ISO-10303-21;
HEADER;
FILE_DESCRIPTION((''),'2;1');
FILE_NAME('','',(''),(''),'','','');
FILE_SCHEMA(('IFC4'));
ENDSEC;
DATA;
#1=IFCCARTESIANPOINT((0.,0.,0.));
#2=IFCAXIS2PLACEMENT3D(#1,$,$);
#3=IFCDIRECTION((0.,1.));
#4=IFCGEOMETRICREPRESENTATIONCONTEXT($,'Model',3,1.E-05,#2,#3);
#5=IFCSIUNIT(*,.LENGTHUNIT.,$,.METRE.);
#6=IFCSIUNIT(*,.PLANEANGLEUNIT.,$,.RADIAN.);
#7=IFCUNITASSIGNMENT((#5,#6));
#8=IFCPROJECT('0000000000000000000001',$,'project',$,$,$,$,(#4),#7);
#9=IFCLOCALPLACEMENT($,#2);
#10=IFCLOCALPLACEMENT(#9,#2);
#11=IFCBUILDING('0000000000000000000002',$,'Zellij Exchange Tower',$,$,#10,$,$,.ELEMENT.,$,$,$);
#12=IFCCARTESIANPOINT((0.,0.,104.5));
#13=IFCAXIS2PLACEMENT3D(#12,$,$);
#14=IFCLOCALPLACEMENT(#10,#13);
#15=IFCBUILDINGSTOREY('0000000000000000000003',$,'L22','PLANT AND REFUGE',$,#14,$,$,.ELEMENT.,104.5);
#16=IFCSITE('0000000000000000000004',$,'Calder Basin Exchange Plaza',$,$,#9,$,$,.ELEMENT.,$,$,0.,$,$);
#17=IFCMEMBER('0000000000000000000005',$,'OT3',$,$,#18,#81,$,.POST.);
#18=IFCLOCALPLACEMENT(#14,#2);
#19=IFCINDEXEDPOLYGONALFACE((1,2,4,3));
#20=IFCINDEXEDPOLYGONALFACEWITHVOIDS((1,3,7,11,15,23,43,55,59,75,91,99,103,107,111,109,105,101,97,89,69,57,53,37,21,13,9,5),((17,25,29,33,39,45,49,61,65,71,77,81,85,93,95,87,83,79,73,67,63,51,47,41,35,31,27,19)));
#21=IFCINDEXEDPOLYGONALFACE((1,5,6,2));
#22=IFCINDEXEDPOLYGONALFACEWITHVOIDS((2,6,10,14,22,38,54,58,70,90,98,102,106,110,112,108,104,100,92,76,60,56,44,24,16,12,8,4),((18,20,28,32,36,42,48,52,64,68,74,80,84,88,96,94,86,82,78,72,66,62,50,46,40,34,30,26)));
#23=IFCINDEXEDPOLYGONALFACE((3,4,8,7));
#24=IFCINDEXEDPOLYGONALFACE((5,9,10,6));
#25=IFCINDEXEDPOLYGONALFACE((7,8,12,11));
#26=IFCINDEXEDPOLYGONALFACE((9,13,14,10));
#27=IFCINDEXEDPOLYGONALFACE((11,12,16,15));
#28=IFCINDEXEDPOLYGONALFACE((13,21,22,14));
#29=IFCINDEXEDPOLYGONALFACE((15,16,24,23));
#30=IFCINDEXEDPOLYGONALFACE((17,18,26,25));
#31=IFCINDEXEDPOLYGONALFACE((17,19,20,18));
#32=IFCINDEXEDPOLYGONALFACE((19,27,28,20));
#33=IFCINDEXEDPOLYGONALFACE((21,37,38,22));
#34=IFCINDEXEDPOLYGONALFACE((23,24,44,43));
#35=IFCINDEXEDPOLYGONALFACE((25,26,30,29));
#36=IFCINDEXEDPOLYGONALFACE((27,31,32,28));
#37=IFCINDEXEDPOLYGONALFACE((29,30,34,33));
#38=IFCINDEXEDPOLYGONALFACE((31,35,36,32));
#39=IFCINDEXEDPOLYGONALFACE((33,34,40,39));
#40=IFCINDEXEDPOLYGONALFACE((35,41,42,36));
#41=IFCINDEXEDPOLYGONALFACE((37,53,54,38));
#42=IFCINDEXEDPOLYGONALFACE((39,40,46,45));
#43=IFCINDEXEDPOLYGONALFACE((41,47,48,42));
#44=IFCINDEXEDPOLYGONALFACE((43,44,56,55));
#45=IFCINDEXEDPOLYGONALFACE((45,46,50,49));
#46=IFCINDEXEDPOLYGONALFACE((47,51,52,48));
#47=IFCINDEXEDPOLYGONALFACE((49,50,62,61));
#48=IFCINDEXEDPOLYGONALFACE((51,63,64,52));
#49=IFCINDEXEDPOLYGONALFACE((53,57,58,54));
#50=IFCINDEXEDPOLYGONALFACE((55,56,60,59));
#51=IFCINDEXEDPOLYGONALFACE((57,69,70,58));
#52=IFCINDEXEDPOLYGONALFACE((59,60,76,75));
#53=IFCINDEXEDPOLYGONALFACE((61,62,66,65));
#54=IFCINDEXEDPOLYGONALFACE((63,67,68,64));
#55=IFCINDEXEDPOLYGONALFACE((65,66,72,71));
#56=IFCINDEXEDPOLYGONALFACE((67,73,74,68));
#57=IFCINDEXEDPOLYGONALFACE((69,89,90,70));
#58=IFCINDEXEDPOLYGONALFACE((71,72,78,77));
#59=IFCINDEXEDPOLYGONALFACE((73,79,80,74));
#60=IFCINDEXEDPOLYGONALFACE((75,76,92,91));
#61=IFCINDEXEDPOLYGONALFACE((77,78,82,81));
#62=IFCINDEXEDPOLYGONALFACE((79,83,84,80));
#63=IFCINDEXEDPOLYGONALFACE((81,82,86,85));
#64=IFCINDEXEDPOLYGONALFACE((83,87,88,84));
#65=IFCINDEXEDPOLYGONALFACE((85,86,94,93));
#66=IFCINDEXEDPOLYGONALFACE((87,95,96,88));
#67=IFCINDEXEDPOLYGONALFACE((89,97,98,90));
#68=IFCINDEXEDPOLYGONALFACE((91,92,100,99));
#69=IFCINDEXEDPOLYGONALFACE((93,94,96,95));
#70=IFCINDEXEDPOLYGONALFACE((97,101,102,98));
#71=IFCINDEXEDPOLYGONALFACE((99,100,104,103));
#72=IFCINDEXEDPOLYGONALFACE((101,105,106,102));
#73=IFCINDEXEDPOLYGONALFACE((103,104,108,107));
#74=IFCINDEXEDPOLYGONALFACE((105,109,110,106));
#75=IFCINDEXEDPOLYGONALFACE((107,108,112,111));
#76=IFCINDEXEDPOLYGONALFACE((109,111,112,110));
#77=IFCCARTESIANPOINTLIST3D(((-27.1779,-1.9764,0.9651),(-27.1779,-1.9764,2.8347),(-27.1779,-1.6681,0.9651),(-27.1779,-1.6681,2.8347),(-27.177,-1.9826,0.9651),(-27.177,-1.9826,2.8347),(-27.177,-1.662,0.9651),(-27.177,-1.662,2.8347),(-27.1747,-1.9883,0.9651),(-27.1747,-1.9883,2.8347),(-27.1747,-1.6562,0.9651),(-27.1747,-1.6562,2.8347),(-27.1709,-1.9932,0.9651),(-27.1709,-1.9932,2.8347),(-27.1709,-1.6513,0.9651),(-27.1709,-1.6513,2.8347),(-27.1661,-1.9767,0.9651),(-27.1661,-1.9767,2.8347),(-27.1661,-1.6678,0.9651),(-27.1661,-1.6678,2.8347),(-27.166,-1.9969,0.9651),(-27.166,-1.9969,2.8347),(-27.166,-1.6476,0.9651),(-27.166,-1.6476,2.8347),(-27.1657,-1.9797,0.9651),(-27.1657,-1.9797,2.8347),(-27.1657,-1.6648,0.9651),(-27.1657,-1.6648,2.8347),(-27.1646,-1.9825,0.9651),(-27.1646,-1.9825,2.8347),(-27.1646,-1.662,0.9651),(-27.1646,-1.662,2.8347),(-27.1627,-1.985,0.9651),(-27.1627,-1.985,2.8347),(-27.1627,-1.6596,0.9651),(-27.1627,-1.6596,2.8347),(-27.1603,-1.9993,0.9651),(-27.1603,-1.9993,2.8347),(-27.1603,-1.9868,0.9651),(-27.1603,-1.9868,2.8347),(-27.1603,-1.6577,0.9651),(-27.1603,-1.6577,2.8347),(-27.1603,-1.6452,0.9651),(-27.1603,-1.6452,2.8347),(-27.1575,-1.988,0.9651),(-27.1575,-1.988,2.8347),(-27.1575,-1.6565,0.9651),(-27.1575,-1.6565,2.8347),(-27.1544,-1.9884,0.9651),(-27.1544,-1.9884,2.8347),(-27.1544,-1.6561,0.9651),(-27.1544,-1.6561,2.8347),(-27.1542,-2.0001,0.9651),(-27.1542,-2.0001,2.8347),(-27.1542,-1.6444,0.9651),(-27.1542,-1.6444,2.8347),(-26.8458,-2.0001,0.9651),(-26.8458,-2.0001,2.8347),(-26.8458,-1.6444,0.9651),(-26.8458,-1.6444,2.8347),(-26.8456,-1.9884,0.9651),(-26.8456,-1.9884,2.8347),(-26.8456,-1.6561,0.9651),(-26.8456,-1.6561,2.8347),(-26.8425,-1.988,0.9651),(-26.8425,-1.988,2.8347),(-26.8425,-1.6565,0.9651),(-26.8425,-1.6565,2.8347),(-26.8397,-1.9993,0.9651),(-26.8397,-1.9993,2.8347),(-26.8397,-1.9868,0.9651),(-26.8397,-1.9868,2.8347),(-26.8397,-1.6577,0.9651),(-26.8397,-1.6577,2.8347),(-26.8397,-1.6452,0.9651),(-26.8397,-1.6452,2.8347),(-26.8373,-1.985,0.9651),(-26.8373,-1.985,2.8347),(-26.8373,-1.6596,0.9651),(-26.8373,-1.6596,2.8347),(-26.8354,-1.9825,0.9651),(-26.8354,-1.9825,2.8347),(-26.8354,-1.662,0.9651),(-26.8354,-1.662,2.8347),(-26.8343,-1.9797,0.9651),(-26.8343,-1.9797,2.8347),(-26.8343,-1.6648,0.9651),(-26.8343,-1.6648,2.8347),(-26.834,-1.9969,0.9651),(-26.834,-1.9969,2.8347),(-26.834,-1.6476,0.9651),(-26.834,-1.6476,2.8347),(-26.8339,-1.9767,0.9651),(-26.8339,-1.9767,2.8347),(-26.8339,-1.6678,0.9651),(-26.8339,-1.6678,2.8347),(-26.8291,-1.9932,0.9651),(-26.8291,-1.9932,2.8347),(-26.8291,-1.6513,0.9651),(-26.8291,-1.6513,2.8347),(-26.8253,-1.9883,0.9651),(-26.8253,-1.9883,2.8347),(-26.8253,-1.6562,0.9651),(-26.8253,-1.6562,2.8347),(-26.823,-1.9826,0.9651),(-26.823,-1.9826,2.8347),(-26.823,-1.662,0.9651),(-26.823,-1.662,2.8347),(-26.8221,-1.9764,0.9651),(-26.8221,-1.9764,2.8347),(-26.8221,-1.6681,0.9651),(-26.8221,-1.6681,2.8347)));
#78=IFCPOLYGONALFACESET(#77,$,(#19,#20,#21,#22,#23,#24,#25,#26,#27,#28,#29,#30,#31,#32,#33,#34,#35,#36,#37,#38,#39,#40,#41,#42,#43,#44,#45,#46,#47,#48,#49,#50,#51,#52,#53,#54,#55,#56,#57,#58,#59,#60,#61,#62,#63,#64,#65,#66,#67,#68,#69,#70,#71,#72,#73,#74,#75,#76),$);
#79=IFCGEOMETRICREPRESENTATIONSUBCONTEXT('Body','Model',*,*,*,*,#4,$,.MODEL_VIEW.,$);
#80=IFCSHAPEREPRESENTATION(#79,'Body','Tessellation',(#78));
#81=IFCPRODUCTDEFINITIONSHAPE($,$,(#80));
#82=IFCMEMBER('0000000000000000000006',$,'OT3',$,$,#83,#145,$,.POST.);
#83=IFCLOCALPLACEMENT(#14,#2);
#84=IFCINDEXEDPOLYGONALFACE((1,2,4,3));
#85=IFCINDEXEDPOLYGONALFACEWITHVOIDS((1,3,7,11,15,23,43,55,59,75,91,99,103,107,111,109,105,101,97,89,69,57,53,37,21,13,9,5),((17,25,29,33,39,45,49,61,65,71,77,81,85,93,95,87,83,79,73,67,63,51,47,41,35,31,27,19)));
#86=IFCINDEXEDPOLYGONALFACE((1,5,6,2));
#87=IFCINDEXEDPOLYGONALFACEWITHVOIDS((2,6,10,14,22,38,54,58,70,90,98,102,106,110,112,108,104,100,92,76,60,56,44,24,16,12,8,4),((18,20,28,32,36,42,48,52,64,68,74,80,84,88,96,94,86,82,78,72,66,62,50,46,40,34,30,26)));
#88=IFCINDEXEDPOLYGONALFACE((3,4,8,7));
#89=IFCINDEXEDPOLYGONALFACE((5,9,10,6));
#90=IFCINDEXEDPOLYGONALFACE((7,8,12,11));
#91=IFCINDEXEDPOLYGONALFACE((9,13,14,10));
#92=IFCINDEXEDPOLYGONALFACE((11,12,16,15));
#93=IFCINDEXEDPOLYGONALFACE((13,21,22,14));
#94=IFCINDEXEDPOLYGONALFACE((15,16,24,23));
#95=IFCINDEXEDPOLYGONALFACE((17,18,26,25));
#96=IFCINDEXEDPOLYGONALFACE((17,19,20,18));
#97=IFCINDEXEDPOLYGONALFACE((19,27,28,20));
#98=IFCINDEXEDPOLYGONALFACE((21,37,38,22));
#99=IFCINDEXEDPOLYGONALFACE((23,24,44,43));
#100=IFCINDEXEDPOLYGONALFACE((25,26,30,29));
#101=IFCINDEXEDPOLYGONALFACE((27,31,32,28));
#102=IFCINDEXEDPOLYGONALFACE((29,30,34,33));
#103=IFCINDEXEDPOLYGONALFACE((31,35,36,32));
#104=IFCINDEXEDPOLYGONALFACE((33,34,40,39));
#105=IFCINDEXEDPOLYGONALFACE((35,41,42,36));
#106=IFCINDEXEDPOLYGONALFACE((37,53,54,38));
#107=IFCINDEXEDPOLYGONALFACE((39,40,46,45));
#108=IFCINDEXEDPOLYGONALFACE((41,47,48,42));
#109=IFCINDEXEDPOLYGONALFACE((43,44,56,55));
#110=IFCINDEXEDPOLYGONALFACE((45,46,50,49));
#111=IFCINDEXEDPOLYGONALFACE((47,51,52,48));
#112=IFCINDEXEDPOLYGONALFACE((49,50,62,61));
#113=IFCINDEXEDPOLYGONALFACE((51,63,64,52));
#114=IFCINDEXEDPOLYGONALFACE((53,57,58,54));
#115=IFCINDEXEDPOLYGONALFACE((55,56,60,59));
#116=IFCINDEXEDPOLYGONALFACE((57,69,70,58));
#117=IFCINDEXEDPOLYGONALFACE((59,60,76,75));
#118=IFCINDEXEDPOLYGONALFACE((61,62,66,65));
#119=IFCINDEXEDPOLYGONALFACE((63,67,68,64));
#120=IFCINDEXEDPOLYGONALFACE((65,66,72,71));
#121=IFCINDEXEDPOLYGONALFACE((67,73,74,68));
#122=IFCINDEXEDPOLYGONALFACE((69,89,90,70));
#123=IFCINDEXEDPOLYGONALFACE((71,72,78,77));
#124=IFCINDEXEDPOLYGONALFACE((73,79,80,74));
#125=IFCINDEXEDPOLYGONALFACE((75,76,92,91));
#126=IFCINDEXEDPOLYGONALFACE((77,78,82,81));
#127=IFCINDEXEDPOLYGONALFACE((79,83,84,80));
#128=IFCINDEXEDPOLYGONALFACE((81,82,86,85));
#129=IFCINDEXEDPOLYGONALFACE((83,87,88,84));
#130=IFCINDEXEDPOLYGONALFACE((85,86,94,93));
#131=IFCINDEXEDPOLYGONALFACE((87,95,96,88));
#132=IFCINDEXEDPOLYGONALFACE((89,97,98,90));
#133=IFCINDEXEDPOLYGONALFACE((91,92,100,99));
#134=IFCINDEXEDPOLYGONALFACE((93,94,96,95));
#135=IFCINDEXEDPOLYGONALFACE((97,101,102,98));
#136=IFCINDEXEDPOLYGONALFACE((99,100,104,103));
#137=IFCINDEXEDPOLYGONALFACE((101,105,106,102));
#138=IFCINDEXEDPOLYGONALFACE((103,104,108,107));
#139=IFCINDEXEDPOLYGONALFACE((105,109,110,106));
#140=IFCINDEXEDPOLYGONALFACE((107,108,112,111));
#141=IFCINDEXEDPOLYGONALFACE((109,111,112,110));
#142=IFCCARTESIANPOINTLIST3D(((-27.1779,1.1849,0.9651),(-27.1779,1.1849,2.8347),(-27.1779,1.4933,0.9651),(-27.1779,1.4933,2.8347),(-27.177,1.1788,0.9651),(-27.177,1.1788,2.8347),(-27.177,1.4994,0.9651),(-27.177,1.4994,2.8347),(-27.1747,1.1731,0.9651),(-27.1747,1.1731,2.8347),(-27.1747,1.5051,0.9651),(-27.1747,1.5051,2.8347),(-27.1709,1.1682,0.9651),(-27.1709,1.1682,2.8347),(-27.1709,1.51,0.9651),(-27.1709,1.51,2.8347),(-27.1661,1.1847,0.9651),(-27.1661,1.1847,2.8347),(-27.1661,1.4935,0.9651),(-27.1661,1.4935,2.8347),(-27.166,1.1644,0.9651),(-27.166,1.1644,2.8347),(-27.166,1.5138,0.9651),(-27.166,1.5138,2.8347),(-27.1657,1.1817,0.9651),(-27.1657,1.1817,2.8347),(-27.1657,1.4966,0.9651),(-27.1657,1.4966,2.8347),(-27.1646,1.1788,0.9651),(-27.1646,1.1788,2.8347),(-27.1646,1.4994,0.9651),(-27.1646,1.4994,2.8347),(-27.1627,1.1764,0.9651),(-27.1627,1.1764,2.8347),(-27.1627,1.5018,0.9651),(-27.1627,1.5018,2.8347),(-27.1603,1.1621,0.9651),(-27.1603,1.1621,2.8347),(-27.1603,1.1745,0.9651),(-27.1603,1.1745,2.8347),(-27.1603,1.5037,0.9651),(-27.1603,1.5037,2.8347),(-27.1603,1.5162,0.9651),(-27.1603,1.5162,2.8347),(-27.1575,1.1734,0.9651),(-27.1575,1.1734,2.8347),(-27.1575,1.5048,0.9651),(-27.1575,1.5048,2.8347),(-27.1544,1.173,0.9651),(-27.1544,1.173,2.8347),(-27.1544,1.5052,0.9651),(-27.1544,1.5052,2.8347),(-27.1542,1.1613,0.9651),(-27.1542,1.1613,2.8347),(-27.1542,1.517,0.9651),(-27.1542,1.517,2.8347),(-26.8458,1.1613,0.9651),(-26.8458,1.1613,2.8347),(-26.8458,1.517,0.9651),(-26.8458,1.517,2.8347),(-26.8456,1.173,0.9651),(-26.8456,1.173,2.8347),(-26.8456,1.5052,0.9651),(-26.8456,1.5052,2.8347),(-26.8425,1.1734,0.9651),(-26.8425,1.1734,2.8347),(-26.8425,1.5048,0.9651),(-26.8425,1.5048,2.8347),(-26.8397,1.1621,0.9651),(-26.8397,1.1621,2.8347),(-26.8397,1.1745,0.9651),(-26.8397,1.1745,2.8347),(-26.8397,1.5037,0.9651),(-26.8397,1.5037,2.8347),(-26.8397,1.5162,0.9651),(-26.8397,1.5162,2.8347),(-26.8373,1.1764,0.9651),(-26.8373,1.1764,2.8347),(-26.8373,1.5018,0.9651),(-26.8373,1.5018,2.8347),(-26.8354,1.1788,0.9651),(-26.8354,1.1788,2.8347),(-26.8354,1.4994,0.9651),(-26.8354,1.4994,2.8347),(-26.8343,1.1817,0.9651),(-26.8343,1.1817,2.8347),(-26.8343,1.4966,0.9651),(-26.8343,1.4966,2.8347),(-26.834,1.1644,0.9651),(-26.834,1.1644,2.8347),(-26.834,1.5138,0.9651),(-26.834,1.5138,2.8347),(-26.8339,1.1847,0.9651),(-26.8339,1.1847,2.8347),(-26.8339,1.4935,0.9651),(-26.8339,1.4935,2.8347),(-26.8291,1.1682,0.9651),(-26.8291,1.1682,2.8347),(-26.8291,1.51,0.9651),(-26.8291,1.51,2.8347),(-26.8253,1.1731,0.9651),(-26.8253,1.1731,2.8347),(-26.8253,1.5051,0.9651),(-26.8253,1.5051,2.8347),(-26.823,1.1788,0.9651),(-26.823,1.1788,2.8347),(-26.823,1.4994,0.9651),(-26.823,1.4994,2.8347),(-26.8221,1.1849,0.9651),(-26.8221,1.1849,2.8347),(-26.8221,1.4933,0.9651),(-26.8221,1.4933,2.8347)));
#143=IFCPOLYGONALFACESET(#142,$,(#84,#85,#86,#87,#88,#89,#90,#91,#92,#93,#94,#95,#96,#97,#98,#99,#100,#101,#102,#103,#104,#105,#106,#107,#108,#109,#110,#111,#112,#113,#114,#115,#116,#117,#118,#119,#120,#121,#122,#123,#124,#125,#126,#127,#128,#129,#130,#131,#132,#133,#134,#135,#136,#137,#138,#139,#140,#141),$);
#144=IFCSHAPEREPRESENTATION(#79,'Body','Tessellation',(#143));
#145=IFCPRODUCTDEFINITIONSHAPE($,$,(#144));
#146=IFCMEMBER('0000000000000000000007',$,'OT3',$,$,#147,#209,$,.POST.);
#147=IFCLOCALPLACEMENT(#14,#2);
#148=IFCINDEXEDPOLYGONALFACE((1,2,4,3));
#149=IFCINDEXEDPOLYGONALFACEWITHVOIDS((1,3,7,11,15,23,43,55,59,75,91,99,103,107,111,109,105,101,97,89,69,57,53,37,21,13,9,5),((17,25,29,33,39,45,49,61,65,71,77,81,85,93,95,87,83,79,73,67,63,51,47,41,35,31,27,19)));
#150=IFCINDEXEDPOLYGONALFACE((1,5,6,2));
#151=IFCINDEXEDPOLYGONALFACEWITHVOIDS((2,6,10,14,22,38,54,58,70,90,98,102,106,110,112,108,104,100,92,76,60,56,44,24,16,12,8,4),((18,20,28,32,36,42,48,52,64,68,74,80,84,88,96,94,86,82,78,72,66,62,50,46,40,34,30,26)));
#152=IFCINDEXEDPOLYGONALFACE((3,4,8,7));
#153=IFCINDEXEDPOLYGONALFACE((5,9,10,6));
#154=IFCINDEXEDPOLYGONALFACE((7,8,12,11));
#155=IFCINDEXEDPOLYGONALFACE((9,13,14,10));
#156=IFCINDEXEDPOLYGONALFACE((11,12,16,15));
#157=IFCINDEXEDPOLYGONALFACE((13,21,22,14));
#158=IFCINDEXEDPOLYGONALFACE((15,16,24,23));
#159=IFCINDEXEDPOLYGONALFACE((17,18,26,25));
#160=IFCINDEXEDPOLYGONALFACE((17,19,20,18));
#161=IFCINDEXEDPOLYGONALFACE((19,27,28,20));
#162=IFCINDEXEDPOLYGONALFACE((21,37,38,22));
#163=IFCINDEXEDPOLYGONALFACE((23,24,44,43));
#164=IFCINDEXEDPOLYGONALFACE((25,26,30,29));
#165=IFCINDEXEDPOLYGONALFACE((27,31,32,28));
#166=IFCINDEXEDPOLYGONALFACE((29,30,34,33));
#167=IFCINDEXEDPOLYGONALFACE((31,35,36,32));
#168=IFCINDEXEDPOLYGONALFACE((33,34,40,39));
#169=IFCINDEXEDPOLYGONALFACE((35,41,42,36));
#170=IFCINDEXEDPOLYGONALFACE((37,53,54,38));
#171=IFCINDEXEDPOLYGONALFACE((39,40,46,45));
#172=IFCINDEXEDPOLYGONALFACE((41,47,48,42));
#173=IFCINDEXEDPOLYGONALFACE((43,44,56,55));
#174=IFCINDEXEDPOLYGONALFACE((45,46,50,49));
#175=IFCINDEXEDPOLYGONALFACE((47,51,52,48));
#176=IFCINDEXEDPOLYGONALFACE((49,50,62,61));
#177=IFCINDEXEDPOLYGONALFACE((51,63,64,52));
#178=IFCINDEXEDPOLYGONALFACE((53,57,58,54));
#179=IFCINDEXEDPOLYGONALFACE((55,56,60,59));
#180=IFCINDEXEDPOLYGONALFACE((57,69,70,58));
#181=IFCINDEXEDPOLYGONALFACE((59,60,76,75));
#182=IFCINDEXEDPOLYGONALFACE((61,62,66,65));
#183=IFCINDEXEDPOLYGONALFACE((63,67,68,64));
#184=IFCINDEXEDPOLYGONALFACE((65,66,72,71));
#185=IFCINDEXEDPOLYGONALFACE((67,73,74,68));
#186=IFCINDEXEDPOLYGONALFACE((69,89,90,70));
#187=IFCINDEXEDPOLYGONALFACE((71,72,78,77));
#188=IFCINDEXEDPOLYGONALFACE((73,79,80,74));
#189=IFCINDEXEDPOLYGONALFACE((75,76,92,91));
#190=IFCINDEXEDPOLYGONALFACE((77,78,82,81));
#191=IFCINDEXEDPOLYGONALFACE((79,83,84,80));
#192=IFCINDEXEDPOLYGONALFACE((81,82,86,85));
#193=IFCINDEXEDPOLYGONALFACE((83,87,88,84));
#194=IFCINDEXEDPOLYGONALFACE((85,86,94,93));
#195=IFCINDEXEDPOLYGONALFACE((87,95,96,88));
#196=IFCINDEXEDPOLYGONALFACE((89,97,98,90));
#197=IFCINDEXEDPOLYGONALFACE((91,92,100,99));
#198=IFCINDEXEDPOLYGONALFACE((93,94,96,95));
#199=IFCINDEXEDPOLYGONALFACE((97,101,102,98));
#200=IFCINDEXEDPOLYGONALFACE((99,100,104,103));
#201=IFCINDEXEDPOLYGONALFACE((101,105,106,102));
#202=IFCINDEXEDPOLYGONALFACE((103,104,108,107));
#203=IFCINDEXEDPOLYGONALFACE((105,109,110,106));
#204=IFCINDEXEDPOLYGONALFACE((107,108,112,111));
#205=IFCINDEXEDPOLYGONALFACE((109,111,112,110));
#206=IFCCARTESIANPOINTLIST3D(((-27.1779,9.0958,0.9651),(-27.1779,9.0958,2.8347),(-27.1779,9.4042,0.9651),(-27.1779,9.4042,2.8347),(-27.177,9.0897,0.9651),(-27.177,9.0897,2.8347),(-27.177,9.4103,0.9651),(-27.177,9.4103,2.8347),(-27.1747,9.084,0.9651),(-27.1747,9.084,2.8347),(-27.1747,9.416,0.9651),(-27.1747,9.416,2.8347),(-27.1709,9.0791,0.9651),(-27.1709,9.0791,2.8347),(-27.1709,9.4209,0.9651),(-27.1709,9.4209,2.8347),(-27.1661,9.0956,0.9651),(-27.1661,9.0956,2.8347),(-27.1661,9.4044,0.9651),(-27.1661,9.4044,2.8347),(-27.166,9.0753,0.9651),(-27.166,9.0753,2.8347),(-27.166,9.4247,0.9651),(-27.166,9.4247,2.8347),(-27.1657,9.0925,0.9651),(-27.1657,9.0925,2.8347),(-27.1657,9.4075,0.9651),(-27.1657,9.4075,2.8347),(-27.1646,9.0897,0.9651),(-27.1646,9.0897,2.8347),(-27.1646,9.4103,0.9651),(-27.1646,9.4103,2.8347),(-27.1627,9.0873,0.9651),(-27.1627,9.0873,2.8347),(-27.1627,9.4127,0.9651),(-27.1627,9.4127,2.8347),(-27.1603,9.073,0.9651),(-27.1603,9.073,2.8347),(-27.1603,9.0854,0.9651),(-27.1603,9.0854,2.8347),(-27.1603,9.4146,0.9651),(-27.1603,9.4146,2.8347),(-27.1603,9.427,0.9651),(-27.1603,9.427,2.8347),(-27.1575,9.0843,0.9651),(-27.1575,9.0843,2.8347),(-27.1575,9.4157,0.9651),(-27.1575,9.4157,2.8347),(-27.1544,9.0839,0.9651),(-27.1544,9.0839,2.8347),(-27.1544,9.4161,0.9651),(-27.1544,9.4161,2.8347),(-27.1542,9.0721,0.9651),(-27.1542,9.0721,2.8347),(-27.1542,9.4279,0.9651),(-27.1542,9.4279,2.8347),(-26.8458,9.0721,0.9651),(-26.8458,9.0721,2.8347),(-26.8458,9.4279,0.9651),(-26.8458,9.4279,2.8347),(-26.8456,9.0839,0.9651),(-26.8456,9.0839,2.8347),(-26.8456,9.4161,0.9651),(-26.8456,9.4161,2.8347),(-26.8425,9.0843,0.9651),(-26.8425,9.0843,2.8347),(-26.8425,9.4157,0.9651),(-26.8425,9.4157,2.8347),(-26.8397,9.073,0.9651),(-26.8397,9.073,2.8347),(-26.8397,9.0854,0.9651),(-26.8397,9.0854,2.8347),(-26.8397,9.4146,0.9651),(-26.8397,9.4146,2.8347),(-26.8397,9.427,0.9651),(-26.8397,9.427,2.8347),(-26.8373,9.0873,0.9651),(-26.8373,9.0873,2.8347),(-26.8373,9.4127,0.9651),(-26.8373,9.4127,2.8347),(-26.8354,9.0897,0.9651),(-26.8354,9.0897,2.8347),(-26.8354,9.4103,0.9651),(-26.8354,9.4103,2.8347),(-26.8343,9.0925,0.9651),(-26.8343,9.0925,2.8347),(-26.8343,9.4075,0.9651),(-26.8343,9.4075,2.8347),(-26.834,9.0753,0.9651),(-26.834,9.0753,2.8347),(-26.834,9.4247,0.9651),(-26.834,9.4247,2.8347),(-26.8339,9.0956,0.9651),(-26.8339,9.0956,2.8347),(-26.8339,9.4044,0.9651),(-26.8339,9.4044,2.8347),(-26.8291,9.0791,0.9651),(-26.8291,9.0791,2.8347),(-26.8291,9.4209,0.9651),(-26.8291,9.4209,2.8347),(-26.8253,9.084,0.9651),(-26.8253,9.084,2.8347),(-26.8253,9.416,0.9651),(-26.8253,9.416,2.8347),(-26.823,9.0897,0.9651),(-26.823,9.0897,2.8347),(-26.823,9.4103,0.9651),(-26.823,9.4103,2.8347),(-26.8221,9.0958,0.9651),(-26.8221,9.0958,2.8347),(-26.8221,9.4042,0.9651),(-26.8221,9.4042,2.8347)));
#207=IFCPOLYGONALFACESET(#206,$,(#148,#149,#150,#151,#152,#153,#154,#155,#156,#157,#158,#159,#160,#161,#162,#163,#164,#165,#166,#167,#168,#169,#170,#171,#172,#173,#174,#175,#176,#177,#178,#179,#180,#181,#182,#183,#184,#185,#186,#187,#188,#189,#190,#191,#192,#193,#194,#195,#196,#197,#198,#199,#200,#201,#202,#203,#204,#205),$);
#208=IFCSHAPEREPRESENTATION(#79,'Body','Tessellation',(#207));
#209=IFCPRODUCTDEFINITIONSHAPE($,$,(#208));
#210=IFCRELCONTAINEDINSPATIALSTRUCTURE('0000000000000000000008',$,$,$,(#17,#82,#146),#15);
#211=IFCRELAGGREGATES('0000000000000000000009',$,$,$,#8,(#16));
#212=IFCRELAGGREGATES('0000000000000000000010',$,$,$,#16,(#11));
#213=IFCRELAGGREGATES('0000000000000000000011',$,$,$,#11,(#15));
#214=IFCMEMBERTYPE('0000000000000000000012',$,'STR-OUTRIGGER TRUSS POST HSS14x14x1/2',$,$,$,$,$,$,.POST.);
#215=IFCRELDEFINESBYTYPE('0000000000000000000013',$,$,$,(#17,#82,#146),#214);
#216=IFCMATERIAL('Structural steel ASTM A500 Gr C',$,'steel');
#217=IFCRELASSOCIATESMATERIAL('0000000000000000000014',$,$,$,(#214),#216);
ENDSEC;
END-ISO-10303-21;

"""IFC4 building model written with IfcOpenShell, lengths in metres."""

from ifc_helpers import new_model, si_unit, direction, frame, origin, origin_2d, place, context, subcontext, project, spatial, hollow_rectangle, extrude, material, material_profile, profile_set, type_object, element, save


model = new_model("IFC4")

# Units and contexts
model_context = context("Model", 3, precision=1e-05, world=origin(), true_north=direction((0.0, 1.0)))
body_context = subcontext(model_context, "Body", "Model", "MODEL_VIEW")
ifc_project = project(units=[si_unit("LENGTHUNIT", "METRE"), si_unit("PLANEANGLEUNIT", "RADIAN")], contexts=[model_context])

# Site, building, storey
site_placement = place(None, origin())
site = spatial("IfcSite", under=ifc_project, at=site_placement, Name="Calder Basin Exchange Plaza", CompositionType="ELEMENT", RefElevation=0.0)
building_placement = place(site_placement, origin())
building = spatial("IfcBuilding", under=site, at=building_placement, Name="Zellij Exchange Tower", CompositionType="ELEMENT")
storey_placement = place(building_placement, frame((0.0, 0.0, 104.5)))
storey = spatial("IfcBuildingStorey", under=building, at=storey_placement, Name="L22", Description="PLANT AND REFUGE", CompositionType="ELEMENT", Elevation=104.5)

# Members
ifc_material_1 = material(Name="Structural steel ASTM A500 Gr C", Category="steel")
ifc_material_profile_1 = material_profile(ifc_material_1, hollow_rectangle(XDim=0.3557, YDim=0.3557, WallThickness=0.0117, InnerFilletRadius=0.0117, OuterFilletRadius=0.0237, at=origin_2d()), Name="STR-OUTRIGGER TRUSS POST HSS14x14x1/2")
ifc_profile_set_1 = profile_set([ifc_material_profile_1], Name="Structural steel ASTM A500 Gr C")
member_type_1 = type_object("IfcMemberType", Name="STR-OUTRIGGER TRUSS POST HSS14x14x1/2", PredefinedType="POST", material=ifc_profile_set_1)
for number, where, z_axis, x_axis, name in (
    (1, (-27.0, -1.8223, 0.9651), (0.0, 0.0, 1.0), (1.0, 0.0, 0.0), "OT3"),
    (2, (-27.0, 1.3391, 0.9651), (0.0, 0.0, 1.0), (1.0, 0.0, 0.0), "OT3"),
    (3, (-27.0, 9.25, 0.9651), (0.0, 0.0, 1.0), (1.0, 0.0, 0.0), "OT3"),
):
    element("IfcMember", number, at=place(storey_placement, frame(where, z_axis=z_axis, x_axis=x_axis)), inside=storey, type_object=member_type_1, Name=name, PredefinedType="POST", context=body_context, shape_type="SweptSolid", body=[
        extrude(hollow_rectangle(XDim=0.3557, YDim=0.3557, WallThickness=0.0117, InnerFilletRadius=0.0117, OuterFilletRadius=0.0237, at=origin_2d()), origin(), (0.0, 0.0, 1.0), 1.8696),
    ])

save(model, "model.ifc")
